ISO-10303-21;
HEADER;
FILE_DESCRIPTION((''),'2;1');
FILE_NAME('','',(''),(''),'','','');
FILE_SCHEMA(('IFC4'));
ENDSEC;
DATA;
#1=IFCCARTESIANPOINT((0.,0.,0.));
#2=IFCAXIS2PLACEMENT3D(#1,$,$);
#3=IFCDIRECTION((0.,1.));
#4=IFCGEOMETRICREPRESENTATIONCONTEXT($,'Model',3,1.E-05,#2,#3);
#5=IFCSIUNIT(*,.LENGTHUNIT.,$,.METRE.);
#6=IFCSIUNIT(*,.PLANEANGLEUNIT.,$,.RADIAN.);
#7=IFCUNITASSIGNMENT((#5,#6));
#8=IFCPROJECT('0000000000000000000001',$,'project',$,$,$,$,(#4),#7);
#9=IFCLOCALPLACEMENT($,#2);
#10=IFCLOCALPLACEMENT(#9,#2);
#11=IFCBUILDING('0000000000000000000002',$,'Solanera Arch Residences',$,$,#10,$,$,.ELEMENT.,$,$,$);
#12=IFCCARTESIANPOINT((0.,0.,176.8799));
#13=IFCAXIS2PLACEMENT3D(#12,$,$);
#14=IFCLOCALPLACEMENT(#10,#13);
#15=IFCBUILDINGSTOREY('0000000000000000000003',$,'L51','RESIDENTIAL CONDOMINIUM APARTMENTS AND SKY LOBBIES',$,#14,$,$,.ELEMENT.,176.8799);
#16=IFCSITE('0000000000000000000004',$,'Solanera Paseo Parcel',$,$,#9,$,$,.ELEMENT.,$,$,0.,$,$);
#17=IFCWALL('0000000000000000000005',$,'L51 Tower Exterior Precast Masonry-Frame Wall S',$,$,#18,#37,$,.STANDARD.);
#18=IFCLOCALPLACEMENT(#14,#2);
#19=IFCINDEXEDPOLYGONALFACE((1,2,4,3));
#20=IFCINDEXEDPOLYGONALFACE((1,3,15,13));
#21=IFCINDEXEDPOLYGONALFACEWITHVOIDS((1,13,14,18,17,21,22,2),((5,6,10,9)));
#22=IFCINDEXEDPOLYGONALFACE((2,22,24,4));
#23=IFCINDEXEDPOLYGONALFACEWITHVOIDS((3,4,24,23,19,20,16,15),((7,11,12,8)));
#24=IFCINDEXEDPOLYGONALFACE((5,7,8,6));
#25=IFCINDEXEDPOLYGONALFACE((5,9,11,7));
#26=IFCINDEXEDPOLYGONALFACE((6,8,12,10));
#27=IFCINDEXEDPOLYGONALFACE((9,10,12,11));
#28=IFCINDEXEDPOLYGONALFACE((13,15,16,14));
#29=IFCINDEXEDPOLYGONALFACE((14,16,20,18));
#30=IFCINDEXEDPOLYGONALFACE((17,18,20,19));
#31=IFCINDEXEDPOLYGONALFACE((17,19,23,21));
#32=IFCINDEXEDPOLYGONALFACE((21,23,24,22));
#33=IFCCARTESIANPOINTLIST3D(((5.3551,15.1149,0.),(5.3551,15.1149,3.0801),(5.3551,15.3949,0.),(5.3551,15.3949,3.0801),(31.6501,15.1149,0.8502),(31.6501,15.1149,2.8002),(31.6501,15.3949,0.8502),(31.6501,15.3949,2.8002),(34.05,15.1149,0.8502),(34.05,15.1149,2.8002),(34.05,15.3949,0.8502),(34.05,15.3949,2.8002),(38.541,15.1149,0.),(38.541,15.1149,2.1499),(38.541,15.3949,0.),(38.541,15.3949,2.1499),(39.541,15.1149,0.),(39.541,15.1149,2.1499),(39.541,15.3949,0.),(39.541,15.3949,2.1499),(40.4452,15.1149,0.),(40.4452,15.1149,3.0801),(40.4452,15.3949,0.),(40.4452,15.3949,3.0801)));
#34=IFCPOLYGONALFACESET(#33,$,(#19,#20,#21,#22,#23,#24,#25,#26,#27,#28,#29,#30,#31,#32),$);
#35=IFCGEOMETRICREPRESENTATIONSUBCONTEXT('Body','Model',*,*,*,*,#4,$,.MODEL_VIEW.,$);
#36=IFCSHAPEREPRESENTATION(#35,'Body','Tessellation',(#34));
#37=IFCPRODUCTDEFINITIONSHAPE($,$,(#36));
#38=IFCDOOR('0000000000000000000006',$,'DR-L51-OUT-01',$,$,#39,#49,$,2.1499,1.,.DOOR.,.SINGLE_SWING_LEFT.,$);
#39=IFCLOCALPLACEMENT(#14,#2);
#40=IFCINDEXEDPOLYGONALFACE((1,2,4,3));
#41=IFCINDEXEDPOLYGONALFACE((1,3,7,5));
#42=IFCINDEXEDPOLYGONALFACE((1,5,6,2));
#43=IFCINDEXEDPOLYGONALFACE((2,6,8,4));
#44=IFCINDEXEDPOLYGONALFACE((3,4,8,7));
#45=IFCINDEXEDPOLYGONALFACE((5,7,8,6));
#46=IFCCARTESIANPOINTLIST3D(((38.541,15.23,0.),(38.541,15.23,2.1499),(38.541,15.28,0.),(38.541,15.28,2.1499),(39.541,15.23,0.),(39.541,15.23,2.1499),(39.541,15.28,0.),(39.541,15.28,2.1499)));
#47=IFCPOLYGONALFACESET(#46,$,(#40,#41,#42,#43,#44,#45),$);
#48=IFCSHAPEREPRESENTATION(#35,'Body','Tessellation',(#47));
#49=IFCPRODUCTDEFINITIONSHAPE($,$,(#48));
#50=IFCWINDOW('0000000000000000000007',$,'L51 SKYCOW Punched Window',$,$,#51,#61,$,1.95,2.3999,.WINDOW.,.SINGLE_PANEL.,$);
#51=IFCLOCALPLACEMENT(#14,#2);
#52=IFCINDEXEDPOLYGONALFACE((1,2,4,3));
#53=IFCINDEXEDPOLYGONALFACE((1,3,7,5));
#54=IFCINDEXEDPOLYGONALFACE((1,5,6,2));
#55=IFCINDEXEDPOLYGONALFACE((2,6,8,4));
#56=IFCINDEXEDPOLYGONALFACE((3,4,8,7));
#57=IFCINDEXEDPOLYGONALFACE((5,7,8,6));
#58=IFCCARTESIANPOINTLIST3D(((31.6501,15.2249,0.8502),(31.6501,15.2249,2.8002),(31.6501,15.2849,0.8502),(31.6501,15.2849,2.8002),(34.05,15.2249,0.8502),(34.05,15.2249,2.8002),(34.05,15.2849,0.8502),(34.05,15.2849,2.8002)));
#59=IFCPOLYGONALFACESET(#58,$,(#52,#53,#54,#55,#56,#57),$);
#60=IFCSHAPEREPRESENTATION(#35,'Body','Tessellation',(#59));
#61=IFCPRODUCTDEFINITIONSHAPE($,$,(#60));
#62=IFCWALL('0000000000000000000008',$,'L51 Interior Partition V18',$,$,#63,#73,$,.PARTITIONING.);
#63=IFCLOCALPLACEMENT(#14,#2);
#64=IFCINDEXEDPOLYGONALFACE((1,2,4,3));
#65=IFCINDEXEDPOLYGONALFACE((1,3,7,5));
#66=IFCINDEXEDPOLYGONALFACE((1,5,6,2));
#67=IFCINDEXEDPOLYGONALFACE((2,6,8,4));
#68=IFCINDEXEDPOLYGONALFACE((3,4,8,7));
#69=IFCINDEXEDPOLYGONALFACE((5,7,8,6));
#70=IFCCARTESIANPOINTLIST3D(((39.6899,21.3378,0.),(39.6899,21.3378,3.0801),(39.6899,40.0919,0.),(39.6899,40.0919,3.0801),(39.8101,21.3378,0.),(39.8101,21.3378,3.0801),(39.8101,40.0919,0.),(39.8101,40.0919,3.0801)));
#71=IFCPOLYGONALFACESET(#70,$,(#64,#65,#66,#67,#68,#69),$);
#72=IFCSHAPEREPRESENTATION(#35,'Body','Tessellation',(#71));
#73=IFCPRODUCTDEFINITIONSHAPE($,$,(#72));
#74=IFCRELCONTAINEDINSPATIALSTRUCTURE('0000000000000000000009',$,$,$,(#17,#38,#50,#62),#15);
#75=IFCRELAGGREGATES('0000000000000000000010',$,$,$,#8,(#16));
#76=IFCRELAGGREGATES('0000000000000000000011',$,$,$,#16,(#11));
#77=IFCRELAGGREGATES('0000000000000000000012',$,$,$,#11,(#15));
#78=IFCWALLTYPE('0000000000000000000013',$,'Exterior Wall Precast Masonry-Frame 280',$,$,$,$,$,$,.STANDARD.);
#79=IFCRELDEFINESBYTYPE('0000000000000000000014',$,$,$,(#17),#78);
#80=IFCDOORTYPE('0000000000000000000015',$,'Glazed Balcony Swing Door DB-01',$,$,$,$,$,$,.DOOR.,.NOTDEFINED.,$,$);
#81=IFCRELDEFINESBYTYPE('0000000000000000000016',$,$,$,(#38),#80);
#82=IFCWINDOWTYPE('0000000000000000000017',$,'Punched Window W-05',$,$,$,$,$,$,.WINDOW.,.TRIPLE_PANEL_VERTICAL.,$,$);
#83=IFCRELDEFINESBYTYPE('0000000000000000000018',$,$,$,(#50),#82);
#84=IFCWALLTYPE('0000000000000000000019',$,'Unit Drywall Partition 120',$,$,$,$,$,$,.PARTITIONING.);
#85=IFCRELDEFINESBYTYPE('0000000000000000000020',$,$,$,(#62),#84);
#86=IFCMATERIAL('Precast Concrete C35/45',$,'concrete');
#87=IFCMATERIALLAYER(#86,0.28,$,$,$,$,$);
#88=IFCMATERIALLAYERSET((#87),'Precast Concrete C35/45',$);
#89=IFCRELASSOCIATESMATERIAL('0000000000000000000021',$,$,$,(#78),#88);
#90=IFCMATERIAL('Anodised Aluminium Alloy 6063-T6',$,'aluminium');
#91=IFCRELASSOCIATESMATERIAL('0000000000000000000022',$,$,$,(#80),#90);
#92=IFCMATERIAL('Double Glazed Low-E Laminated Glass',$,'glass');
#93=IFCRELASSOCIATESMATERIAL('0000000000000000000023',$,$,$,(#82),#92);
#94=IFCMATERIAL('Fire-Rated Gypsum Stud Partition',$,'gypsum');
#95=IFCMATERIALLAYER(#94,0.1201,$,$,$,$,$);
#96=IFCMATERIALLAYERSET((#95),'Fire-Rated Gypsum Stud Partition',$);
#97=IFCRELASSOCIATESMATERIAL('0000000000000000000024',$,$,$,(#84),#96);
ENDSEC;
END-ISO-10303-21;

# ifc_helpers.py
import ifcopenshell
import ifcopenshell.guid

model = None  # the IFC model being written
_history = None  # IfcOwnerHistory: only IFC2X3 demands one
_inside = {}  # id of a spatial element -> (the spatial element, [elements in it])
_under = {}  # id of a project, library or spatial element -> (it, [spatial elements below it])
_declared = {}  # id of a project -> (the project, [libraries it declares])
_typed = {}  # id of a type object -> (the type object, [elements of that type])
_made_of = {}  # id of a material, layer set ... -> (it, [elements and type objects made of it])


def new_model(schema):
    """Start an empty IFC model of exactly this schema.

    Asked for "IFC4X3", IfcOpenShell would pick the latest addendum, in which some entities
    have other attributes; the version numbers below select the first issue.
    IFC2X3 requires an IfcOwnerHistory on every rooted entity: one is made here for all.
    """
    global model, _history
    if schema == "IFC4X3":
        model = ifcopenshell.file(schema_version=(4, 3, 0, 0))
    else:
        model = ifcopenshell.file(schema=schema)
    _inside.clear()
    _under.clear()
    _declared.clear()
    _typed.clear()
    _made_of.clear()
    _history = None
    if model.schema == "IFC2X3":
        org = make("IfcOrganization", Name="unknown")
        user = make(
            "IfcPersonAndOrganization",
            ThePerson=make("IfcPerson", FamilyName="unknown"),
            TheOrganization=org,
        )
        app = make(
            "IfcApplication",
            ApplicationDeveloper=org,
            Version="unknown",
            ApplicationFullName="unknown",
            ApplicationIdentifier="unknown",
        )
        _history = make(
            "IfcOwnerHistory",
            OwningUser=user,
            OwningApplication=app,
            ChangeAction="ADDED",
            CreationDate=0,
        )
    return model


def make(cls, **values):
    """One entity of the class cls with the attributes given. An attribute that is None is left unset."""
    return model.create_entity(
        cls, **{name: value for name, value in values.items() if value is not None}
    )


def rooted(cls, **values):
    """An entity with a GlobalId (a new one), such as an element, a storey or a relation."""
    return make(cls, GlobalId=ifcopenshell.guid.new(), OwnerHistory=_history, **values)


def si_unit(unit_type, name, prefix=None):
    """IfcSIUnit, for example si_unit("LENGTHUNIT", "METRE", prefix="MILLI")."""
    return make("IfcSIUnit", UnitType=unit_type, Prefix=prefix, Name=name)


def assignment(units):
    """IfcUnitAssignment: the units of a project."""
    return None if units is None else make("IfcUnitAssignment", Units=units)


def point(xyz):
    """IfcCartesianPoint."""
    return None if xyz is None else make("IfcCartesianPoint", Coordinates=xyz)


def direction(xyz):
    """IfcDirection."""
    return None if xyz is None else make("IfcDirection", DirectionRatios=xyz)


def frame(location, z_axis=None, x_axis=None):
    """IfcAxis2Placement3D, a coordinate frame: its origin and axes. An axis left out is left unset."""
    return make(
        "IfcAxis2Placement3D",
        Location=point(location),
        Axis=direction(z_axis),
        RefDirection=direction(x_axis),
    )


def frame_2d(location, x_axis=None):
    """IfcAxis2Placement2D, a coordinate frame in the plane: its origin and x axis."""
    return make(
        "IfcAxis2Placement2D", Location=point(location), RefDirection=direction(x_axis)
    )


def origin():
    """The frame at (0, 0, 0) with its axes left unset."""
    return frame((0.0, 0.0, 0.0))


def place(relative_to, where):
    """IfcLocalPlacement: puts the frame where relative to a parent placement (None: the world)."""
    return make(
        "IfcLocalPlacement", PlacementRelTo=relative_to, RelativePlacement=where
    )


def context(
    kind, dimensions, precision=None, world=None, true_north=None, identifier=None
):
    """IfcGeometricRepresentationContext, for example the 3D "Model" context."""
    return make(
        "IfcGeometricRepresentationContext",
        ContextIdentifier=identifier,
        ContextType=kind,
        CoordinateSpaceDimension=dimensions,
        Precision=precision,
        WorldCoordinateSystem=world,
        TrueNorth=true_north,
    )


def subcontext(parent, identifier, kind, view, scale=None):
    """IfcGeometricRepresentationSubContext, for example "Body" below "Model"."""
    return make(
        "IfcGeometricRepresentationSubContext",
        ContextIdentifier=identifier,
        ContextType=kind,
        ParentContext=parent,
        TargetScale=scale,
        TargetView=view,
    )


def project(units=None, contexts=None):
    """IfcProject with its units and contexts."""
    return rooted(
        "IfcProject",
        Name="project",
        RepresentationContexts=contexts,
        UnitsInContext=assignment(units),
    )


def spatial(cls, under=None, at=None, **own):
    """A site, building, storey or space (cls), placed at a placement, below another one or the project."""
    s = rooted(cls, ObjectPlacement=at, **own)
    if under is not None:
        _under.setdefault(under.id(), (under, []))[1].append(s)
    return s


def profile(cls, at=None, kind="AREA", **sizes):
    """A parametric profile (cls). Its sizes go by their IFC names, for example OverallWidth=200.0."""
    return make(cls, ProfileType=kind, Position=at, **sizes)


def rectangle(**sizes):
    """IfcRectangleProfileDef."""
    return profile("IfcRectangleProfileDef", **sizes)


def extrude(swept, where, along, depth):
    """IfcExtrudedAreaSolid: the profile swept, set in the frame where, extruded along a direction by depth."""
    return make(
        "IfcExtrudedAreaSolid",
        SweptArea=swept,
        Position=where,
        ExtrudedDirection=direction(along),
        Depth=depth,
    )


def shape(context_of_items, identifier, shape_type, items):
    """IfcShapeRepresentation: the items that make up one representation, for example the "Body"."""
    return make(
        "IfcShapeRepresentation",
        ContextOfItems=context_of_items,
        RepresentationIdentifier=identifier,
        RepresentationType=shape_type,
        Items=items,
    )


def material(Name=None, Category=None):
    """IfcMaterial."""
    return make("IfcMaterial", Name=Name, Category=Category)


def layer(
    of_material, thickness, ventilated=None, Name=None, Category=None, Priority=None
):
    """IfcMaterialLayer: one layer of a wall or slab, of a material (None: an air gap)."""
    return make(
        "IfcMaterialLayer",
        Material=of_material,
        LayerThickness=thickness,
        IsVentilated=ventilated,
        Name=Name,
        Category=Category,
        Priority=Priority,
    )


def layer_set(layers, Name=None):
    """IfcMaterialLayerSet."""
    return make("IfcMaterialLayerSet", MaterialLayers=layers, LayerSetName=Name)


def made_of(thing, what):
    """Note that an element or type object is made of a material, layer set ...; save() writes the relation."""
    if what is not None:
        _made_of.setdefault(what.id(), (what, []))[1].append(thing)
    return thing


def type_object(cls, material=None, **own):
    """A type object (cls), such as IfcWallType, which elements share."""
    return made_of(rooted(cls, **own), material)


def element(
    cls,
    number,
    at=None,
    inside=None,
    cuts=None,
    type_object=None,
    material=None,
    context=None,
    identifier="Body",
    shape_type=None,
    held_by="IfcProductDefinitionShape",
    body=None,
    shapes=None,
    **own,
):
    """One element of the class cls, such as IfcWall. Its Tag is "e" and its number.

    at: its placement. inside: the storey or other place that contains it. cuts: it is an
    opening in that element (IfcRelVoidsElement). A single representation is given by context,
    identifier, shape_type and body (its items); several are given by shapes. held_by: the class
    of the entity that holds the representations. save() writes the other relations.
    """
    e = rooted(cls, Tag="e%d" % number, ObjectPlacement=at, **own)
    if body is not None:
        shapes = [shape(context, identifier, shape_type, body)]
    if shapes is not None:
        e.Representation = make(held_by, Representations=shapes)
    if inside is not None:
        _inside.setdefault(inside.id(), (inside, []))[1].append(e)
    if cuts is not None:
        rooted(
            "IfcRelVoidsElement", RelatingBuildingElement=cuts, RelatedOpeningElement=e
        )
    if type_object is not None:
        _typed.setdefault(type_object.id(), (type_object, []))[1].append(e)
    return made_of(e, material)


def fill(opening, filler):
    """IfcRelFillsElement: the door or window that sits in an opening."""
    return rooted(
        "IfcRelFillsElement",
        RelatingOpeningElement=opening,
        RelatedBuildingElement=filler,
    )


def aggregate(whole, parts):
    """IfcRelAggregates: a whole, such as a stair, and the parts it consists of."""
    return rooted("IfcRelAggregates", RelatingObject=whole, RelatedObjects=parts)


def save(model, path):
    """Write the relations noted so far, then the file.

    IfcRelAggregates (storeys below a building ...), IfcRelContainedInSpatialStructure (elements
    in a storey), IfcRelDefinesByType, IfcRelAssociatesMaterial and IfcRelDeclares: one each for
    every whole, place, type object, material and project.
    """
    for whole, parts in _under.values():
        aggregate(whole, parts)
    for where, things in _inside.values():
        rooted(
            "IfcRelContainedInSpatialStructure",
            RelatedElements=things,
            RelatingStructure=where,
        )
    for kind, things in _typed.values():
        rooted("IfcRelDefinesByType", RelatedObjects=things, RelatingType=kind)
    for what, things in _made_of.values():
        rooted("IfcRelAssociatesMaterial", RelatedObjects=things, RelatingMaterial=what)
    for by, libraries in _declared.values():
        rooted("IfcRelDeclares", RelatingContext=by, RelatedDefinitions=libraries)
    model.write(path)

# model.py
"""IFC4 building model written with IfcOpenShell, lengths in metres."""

from ifc_helpers import new_model, si_unit, direction, frame, frame_2d, origin, place, context, subcontext, project, spatial, rectangle, extrude, material, layer, layer_set, type_object, element, fill, save


model = new_model("IFC4")

# Units and contexts
model_context = context("Model", 3, precision=1e-05, world=origin(), true_north=direction((0.0, 1.0)))
body_context = subcontext(model_context, "Body", "Model", "MODEL_VIEW")
ifc_project = project(units=[si_unit("LENGTHUNIT", "METRE"), si_unit("PLANEANGLEUNIT", "RADIAN")], contexts=[model_context])

# Site, building, storey
site_placement = place(None, origin())
site = spatial("IfcSite", under=ifc_project, at=site_placement, Name="Solanera Paseo Parcel", CompositionType="ELEMENT", RefElevation=0.0)
building_placement = place(site_placement, origin())
building = spatial("IfcBuilding", under=site, at=building_placement, Name="Solanera Arch Residences", CompositionType="ELEMENT")
storey_placement = place(building_placement, frame((0.0, 0.0, 176.8799)))
storey = spatial("IfcBuildingStorey", under=building, at=storey_placement, Name="L51", Description="RESIDENTIAL CONDOMINIUM APARTMENTS AND SKY LOBBIES", CompositionType="ELEMENT", Elevation=176.8799)

# Shared definitions
ifc_material_1 = material(Name="Precast Concrete C35/45", Category="concrete")
ifc_layer_1 = layer(ifc_material_1, 0.28)
ifc_layer_set_1 = layer_set([ifc_layer_1], Name="Precast Concrete C35/45")
wall_type_1 = type_object("IfcWallType", Name="Exterior Wall Precast Masonry-Frame 280", PredefinedType="STANDARD", material=ifc_layer_set_1)

# Wall, openings, door, window
wall_1_placement = place(storey_placement, frame((40.4451, 15.2549, 0.0), z_axis=(0.0, 0.0, 1.0), x_axis=(-1.0, 0.0, 0.0)))
wall_1 = element("IfcWall", 1, at=wall_1_placement, inside=storey, type_object=wall_type_1, Name="L51 Tower Exterior Precast Masonry-Frame Wall S", PredefinedType="STANDARD", context=body_context, shape_type="SweptSolid", body=[
    extrude(rectangle(XDim=35.0901, YDim=0.28, at=frame_2d((17.5449, 0.0))), origin(), (0.0, 0.0, 1.0), 3.0801),
])
opening_1_placement = place(wall_1_placement, frame((0.9041, 0.0, 0.0)))
opening_1 = element("IfcOpeningElement", 2, at=opening_1_placement, cuts=wall_1, PredefinedType="OPENING", context=body_context, shape_type="SweptSolid", body=[
    extrude(rectangle(XDim=1.0, YDim=2.1499, at=frame_2d((0.5, 1.075))), frame((0.0, 0.1499, 0.0), z_axis=(0.0, -1.0, 0.0), x_axis=(1.0, 0.0, 0.0)), (0.0, 0.0, 1.0), 0.3),
])
opening_2_placement = place(wall_1_placement, frame((6.395, 0.0, 0.8501)))
opening_2 = element("IfcOpeningElement", 3, at=opening_2_placement, cuts=wall_1, PredefinedType="OPENING", context=body_context, shape_type="SweptSolid", body=[
    extrude(rectangle(XDim=2.3999, YDim=1.95, at=frame_2d((1.2, 0.9751))), frame((0.0, 0.1499, 0.0), z_axis=(0.0, -1.0, 0.0), x_axis=(1.0, 0.0, 0.0)), (0.0, 0.0, 1.0), 0.3),
])
ifc_material_2 = material(Name="Anodised Aluminium Alloy 6063-T6", Category="aluminium")
door_type = type_object("IfcDoorType", Name="Glazed Balcony Swing Door DB-01", OperationType="NOTDEFINED", PredefinedType="DOOR", material=ifc_material_2)
door_placement = place(opening_1_placement, origin())
door = element("IfcDoor", 4, at=door_placement, inside=storey, type_object=door_type, Name="DR-L51-OUT-01", OperationType="SINGLE_SWING_LEFT", OverallHeight=2.1499, OverallWidth=1.0, PredefinedType="DOOR", context=body_context, shape_type="SweptSolid", body=[
    extrude(rectangle(XDim=1.0, YDim=2.1499, at=frame_2d((0.5, 1.075))), frame((0.0, 0.0249, 0.0), z_axis=(0.0, -1.0, 0.0), x_axis=(1.0, 0.0, 0.0)), (0.0, 0.0, 1.0), 0.05),
])
fill(opening_1, door)
ifc_material_3 = material(Name="Double Glazed Low-E Laminated Glass", Category="glass")
window_type = type_object("IfcWindowType", Name="Punched Window W-05", PartitioningType="TRIPLE_PANEL_VERTICAL", PredefinedType="WINDOW", material=ifc_material_3)
window_placement = place(opening_2_placement, origin())
window = element("IfcWindow", 5, at=window_placement, inside=storey, type_object=window_type, Name="L51 SKYCOW Punched Window", OverallHeight=1.95, OverallWidth=2.3999, PartitioningType="SINGLE_PANEL", PredefinedType="WINDOW", context=body_context, shape_type="SweptSolid", body=[
    extrude(rectangle(XDim=2.3999, YDim=1.95, at=frame_2d((1.2, 0.9751))), frame((0.0, 0.03, 0.0), z_axis=(0.0, -1.0, 0.0), x_axis=(1.0, 0.0, 0.0)), (0.0, 0.0, 1.0), 0.0601),
])
fill(opening_2, window)

# Wall
ifc_material_4 = material(Name="Fire-Rated Gypsum Stud Partition", Category="gypsum")
ifc_layer_2 = layer(ifc_material_4, 0.1201)
ifc_layer_set_2 = layer_set([ifc_layer_2], Name="Fire-Rated Gypsum Stud Partition")
wall_type_2 = type_object("IfcWallType", Name="Unit Drywall Partition 120", PredefinedType="PARTITIONING", material=ifc_layer_set_2)
wall_2_placement = place(storey_placement, frame((39.75, 21.3379, 0.0), z_axis=(0.0, 0.0, 1.0), x_axis=(0.0, 1.0, 0.0)))
element("IfcWall", 6, at=wall_2_placement, inside=storey, type_object=wall_type_2, Name="L51 Interior Partition V18", PredefinedType="PARTITIONING", context=body_context, shape_type="SweptSolid", body=[
    extrude(rectangle(XDim=18.7542, YDim=0.1201, at=frame_2d((9.377, 0.0))), origin(), (0.0, 0.0, 1.0), 3.0801),
])

save(model, "model.ifc")
